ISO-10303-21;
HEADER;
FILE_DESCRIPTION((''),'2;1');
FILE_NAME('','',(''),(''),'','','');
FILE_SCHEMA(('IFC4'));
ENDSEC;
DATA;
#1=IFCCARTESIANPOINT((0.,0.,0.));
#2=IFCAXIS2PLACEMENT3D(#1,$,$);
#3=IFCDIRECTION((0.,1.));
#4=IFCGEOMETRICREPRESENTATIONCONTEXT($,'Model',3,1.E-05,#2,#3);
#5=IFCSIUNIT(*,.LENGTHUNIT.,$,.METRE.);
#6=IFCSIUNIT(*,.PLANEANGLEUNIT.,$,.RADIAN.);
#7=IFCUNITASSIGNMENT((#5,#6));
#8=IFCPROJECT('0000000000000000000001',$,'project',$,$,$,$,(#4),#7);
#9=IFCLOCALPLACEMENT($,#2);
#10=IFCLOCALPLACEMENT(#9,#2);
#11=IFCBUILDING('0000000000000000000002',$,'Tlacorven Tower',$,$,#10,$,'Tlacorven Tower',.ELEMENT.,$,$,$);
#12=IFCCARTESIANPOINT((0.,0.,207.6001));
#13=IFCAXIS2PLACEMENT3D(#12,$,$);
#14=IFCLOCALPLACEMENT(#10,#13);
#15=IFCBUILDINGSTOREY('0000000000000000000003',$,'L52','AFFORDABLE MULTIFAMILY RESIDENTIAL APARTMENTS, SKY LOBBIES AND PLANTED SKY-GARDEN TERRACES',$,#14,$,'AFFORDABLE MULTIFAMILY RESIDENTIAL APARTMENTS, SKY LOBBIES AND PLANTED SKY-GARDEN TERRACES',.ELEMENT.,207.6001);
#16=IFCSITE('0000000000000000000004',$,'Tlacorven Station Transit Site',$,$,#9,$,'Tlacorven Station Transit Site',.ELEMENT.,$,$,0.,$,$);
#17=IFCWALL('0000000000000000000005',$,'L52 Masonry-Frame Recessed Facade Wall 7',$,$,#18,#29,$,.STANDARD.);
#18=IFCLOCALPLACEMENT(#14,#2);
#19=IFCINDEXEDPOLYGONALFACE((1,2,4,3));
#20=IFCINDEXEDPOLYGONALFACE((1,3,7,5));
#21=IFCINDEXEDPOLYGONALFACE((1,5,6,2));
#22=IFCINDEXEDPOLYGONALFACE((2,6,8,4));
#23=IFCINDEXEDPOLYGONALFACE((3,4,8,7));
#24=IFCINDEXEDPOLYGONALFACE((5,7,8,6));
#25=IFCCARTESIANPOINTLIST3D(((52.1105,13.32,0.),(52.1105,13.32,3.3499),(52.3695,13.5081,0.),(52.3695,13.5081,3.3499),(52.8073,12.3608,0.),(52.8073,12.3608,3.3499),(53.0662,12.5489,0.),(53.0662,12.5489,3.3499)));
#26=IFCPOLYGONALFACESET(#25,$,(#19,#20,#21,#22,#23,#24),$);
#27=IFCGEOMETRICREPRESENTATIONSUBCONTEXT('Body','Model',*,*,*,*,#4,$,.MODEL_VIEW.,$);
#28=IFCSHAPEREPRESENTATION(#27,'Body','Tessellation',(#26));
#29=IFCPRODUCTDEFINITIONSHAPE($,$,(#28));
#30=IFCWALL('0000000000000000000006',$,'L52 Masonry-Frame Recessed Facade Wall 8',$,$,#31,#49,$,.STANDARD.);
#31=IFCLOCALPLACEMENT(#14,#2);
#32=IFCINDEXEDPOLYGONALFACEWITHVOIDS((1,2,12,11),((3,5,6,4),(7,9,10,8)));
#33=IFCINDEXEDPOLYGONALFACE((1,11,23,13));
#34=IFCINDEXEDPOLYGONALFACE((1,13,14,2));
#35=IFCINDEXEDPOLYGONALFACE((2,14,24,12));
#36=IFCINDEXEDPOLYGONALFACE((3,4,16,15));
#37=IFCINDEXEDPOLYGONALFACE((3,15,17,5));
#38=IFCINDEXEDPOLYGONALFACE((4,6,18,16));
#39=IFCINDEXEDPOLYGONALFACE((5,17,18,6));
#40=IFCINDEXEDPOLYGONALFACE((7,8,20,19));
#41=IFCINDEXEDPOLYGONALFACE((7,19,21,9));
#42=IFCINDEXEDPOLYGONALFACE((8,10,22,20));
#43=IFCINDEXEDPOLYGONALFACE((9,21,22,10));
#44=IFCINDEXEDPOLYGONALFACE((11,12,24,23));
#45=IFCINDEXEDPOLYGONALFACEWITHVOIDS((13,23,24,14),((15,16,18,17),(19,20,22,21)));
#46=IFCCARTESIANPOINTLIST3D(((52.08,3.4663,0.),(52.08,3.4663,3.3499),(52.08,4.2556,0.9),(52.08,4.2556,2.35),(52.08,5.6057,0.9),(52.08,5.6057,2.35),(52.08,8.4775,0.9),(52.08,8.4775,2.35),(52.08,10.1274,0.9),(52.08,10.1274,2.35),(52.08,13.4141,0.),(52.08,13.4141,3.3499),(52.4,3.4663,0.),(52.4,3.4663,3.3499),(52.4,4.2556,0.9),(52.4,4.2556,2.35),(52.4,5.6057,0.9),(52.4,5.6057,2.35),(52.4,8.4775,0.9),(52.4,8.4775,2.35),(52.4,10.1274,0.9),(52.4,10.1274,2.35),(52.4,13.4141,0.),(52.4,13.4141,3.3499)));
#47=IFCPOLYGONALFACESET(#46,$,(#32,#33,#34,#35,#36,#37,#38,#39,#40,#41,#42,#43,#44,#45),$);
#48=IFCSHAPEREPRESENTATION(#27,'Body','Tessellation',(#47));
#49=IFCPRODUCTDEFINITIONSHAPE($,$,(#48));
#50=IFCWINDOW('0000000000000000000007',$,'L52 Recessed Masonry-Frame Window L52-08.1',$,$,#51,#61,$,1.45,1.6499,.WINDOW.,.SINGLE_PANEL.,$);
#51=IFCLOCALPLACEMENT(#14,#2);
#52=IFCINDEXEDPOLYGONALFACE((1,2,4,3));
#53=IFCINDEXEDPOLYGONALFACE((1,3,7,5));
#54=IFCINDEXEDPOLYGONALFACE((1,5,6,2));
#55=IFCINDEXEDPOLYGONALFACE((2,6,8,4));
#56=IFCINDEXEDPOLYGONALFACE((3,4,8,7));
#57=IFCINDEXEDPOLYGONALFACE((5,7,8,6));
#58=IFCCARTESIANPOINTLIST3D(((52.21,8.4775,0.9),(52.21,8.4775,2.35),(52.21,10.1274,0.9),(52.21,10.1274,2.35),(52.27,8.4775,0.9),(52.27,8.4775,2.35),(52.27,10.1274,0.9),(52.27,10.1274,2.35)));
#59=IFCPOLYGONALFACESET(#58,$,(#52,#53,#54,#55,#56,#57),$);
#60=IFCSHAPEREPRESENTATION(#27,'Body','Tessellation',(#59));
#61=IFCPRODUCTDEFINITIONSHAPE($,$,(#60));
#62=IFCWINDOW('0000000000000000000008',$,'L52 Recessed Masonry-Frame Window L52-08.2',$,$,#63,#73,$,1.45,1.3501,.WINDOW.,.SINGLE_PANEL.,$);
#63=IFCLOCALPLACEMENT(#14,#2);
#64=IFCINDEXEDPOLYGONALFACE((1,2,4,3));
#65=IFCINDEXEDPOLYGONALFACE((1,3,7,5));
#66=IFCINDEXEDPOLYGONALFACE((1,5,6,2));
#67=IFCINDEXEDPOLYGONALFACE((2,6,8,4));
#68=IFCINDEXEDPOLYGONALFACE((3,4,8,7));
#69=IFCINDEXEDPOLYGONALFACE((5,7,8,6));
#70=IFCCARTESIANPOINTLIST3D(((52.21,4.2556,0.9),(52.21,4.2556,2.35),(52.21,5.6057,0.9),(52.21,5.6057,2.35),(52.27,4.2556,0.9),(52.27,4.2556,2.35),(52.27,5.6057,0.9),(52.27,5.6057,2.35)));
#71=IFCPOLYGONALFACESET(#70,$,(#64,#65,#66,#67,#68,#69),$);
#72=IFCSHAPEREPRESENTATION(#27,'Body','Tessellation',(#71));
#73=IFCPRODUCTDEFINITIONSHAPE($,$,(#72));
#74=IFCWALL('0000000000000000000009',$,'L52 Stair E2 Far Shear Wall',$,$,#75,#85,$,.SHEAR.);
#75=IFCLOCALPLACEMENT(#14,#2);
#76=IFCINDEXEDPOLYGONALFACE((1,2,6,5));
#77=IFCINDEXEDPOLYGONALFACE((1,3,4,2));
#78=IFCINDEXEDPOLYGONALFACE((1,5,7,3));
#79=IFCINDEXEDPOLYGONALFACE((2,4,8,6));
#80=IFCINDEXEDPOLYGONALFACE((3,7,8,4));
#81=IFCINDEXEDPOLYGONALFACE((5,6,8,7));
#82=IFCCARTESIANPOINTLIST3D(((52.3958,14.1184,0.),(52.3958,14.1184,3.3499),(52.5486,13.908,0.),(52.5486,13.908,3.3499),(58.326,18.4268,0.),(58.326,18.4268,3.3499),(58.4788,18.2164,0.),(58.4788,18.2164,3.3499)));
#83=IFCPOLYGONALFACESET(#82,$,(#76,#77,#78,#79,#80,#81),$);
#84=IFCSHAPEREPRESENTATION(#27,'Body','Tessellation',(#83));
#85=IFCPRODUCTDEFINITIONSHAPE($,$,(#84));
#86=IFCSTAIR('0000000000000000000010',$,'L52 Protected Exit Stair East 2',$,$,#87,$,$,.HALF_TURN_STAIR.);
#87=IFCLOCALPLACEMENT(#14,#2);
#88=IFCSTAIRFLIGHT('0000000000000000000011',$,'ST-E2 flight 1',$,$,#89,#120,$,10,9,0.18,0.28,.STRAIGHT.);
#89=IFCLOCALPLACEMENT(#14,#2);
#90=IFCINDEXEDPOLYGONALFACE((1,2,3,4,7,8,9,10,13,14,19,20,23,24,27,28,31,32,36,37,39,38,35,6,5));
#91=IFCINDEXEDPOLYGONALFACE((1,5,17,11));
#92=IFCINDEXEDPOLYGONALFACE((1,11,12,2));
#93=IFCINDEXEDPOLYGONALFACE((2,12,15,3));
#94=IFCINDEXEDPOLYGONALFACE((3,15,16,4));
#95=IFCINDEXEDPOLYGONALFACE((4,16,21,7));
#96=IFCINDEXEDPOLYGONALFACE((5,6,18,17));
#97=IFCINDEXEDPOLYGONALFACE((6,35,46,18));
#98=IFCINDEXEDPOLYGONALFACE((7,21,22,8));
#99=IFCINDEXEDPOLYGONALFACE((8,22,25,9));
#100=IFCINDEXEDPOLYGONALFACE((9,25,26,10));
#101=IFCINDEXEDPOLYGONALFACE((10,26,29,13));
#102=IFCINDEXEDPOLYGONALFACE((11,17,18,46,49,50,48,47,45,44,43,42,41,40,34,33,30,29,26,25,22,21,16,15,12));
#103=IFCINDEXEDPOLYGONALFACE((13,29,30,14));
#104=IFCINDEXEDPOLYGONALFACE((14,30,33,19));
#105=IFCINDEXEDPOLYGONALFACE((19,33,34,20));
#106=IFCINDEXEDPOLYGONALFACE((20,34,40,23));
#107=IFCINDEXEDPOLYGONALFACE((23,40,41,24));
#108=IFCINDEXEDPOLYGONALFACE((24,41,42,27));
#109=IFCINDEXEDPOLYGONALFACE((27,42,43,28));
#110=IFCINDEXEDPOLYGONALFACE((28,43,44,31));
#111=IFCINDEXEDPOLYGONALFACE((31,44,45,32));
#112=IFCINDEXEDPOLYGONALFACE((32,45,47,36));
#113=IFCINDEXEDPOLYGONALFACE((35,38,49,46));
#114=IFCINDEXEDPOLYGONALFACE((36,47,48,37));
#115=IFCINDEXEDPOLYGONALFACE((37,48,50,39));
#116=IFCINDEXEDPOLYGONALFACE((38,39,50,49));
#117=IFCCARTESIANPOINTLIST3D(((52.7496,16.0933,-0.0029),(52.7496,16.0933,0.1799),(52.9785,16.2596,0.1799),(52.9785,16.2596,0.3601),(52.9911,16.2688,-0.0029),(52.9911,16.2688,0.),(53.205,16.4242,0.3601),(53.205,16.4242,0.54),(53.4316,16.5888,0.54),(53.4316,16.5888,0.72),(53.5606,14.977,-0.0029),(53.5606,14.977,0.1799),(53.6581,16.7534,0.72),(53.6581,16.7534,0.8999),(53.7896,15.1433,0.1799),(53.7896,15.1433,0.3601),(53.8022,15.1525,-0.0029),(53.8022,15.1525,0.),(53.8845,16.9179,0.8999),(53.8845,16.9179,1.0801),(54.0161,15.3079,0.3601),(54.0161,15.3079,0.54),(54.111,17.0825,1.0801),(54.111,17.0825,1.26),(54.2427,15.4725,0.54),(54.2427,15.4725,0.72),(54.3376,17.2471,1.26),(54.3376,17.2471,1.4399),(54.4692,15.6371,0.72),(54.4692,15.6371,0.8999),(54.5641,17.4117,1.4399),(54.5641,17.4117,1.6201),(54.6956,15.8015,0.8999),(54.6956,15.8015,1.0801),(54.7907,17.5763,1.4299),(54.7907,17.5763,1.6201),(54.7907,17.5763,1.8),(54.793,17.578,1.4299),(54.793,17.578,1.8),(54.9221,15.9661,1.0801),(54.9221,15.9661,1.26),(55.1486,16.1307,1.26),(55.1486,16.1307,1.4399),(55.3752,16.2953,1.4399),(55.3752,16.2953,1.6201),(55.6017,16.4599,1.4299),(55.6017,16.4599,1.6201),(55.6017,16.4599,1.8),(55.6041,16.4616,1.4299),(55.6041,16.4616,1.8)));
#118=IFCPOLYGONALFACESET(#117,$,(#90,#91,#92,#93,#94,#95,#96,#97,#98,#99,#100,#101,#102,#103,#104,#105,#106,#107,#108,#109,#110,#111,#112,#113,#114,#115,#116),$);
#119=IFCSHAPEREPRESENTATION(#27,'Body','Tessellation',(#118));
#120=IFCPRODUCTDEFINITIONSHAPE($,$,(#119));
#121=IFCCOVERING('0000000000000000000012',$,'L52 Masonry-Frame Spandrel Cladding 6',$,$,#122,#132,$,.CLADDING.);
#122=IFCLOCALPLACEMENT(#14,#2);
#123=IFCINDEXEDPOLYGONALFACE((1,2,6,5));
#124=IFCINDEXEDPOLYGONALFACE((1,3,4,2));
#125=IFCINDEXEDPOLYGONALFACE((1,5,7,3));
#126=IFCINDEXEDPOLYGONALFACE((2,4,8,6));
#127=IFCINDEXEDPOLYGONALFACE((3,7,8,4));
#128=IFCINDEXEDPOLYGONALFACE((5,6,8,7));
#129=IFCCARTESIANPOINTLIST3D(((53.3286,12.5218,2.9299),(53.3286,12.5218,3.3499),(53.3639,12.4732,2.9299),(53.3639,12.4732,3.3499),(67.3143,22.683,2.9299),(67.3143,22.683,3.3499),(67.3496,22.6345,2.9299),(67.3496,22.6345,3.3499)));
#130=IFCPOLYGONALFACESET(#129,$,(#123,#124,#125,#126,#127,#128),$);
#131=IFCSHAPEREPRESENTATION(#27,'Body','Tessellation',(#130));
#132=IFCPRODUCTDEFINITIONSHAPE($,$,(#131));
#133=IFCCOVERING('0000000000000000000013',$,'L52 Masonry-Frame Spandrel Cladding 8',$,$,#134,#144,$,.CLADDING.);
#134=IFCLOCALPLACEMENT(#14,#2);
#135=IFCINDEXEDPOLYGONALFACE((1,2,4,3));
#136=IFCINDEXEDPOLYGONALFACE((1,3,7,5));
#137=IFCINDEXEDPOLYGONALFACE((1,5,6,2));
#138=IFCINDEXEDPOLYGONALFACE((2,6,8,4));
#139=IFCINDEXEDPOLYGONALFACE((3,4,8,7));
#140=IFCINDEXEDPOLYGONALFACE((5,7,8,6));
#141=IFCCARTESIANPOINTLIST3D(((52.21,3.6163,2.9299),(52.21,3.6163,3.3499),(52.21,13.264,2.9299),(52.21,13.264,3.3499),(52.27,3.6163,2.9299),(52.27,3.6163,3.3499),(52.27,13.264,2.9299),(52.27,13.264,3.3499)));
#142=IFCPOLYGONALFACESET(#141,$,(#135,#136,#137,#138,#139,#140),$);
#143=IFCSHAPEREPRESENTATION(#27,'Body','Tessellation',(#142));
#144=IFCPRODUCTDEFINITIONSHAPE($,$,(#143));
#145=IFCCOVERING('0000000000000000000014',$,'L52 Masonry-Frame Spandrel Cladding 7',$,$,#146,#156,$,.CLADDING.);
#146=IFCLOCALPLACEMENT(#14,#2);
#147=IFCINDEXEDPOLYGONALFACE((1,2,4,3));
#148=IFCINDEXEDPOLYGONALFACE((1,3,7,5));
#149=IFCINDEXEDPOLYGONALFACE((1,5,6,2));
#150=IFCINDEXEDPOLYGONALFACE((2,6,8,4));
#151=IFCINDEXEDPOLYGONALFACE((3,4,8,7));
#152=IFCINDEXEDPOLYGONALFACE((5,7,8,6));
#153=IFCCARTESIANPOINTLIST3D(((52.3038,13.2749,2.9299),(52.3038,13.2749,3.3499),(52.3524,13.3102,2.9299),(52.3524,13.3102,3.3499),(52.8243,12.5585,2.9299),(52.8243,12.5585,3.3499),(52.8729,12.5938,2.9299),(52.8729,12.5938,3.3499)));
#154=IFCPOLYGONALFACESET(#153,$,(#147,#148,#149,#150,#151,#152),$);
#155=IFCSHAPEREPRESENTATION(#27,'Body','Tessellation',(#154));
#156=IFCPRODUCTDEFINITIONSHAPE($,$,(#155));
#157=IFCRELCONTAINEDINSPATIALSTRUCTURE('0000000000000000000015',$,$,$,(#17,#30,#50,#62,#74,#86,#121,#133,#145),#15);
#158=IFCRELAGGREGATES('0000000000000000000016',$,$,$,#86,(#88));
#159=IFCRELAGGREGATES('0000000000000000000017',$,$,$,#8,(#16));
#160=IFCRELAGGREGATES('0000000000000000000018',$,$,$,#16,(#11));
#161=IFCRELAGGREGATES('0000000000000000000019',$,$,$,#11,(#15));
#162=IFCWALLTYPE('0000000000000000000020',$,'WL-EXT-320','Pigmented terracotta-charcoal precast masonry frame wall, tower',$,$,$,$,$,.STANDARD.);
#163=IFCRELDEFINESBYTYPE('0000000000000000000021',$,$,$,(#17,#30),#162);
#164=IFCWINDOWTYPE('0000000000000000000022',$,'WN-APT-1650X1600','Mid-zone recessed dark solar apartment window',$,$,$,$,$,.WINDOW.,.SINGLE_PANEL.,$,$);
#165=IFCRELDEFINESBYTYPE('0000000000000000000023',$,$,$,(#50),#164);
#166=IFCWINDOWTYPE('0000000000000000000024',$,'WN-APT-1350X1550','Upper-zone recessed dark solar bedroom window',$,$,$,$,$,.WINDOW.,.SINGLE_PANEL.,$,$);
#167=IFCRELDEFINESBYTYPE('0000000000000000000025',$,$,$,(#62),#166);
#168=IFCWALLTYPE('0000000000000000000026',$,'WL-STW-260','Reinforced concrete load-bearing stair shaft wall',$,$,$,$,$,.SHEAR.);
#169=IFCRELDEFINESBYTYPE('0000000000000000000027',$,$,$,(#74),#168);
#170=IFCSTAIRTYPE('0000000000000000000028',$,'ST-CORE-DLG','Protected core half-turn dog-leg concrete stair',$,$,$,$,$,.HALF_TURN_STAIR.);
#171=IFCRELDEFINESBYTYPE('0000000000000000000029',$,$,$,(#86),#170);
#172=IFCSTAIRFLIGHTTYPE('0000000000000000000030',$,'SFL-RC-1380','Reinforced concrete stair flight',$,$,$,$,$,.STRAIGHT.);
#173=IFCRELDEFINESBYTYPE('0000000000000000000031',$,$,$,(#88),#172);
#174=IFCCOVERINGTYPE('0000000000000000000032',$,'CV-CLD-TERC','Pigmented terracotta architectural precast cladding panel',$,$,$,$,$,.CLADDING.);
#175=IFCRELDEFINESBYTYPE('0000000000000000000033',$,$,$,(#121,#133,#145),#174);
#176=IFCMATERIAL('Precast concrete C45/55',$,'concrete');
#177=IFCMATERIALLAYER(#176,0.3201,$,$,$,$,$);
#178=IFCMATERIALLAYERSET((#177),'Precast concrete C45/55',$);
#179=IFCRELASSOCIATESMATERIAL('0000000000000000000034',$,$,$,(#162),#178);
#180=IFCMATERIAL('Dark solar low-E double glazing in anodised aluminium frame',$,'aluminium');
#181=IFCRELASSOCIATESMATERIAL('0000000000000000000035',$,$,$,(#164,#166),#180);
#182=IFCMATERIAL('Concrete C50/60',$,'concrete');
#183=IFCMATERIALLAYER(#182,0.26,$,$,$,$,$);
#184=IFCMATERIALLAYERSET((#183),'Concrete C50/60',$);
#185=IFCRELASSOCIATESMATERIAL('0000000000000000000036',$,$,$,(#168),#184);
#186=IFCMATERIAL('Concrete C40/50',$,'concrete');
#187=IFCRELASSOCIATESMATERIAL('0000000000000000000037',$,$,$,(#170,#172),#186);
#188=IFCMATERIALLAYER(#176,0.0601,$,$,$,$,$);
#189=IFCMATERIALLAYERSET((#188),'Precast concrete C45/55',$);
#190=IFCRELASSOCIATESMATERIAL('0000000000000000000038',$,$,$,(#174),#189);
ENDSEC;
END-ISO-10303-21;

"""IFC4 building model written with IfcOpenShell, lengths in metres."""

from ifc_helpers import new_model, si_unit, direction, frame, frame_2d, origin, origin_2d, place, context, subcontext, project, spatial, polyline, rectangle, outline, extrude, source, transform, mapped, material, layer, layer_set, type_object, element, fill, aggregate, save


model = new_model("IFC4")

# Units and contexts
model_context = context("Model", 3, precision=1e-05, world=origin(), true_north=direction((0.0, 1.0)))
body_context = subcontext(model_context, "Body", "Model", "MODEL_VIEW")
ifc_project = project(units=[si_unit("LENGTHUNIT", "METRE"), si_unit("PLANEANGLEUNIT", "RADIAN")], contexts=[model_context])

# Site, building, storey
site_placement = place(None, origin())
site = spatial("IfcSite", under=ifc_project, at=site_placement, Name="Tlacorven Station Transit Site", LongName="Tlacorven Station Transit Site", CompositionType="ELEMENT", RefElevation=0.0)
building_placement = place(site_placement, origin())
building = spatial("IfcBuilding", under=site, at=building_placement, Name="Tlacorven Tower", LongName="Tlacorven Tower", CompositionType="ELEMENT")
storey_placement = place(building_placement, frame((0.0, 0.0, 207.6001)))
storey = spatial("IfcBuildingStorey", under=building, at=storey_placement, Name="L52", Description="AFFORDABLE MULTIFAMILY RESIDENTIAL APARTMENTS, SKY LOBBIES AND PLANTED SKY-GARDEN TERRACES", LongName="AFFORDABLE MULTIFAMILY RESIDENTIAL APARTMENTS, SKY LOBBIES AND PLANTED SKY-GARDEN TERRACES", CompositionType="ELEMENT", Elevation=207.6001)

# Wall
ifc_material_1 = material(Name="Concrete C50/60", Category="concrete")
ifc_material_2 = material(Name="Precast concrete C45/55", Category="concrete")
ifc_layer_1 = layer(ifc_material_2, 0.3201)
ifc_layer_set_1 = layer_set([ifc_layer_1], Name="Precast concrete C45/55")
wall_type_1 = type_object("IfcWallType", Name="WL-EXT-320", Description="Pigmented terracotta-charcoal precast masonry frame wall, tower", PredefinedType="STANDARD", material=ifc_layer_set_1)
wall_1_placement = place(storey_placement, frame((52.9368, 12.4548, 0.0), z_axis=(0.0, 0.0, 1.0), x_axis=(-0.587706, 0.809074, 0.0)))
element("IfcWall", 1, at=wall_1_placement, inside=storey, type_object=wall_type_1, Name="L52 Masonry-Frame Recessed Facade Wall 7", PredefinedType="STANDARD", context=body_context, shape_type="SweptSolid", body=[
    extrude(rectangle(XDim=1.1855, YDim=0.3201, at=frame_2d((0.5928, 0.0))), origin(), (0.0, 0.0, 1.0), 3.3499),
])

# Wall, openings, windows
wall_2_placement = place(storey_placement, frame((52.24, 13.4141, 0.0), z_axis=(0.0, 0.0, 1.0), x_axis=(0.0, -1.0, 0.0)))
wall_2 = element("IfcWall", 2, at=wall_2_placement, inside=storey, type_object=wall_type_1, Name="L52 Masonry-Frame Recessed Facade Wall 8", PredefinedType="STANDARD", context=body_context, shape_type="SweptSolid", body=[
    extrude(rectangle(XDim=9.9478, YDim=0.3201, at=frame_2d((4.9739, 0.0))), origin(), (0.0, 0.0, 1.0), 3.3499),
])
opening_1_placement = place(wall_2_placement, frame((3.2866, 0.0, 0.8999)))
opening_1 = element("IfcOpeningElement", 3, at=opening_1_placement, cuts=wall_2, PredefinedType="OPENING", context=body_context, shape_type="SweptSolid", body=[
    extrude(rectangle(XDim=1.6499, YDim=1.45, at=frame_2d((0.825, 0.7251))), frame((0.0, 0.1699, 0.0), z_axis=(0.0, -1.0, 0.0), x_axis=(1.0, 0.0, 0.0)), (0.0, 0.0, 1.0), 0.3401),
])
opening_2_placement = place(wall_2_placement, frame((7.8083, 0.0, 0.8999)))
opening_2 = element("IfcOpeningElement", 4, at=opening_2_placement, cuts=wall_2, PredefinedType="OPENING", context=body_context, shape_type="SweptSolid", body=[
    extrude(rectangle(XDim=1.3501, YDim=1.45, at=frame_2d((0.675, 0.7251))), frame((0.0, 0.1699, 0.0), z_axis=(0.0, -1.0, 0.0), x_axis=(1.0, 0.0, 0.0)), (0.0, 0.0, 1.0), 0.3401),
])
ifc_material_3 = material(Name="Dark solar low-E double glazing in anodised aluminium frame", Category="aluminium")
window_type_1 = type_object("IfcWindowType", Name="WN-APT-1650X1600", Description="Mid-zone recessed dark solar apartment window", PartitioningType="SINGLE_PANEL", PredefinedType="WINDOW", material=ifc_material_3)
shared_shape_1 = source(origin(), body_context, "Body", "SweptSolid", [
    extrude(rectangle(XDim=1.6499, YDim=1.45, at=frame_2d((0.825, 0.7251))), frame((0.0, 0.03, 0.0), z_axis=(0.0, -1.0, 0.0), x_axis=(1.0, 0.0, 0.0)), (0.0, 0.0, 1.0), 0.0601),
])
window_1_placement = place(opening_1_placement, origin())
window_1 = element("IfcWindow", 5, at=window_1_placement, inside=storey, type_object=window_type_1, Name="L52 Recessed Masonry-Frame Window L52-08.1", OverallHeight=1.45, OverallWidth=1.6499, PartitioningType="SINGLE_PANEL", PredefinedType="WINDOW", context=body_context, shape_type="MappedRepresentation", body=[
    mapped(shared_shape_1, transform((0.0, 0.0, 0.0), scale=1.0)),
])
fill(opening_1, window_1)
window_type_2 = type_object("IfcWindowType", Name="WN-APT-1350X1550", Description="Upper-zone recessed dark solar bedroom window", PartitioningType="SINGLE_PANEL", PredefinedType="WINDOW", material=ifc_material_3)
shared_shape_2 = source(origin(), body_context, "Body", "SweptSolid", [
    extrude(rectangle(XDim=1.3501, YDim=1.45, at=frame_2d((0.675, 0.7251))), frame((0.0, 0.03, 0.0), z_axis=(0.0, -1.0, 0.0), x_axis=(1.0, 0.0, 0.0)), (0.0, 0.0, 1.0), 0.0601),
])
window_2_placement = place(opening_2_placement, origin())
window_2 = element("IfcWindow", 6, at=window_2_placement, inside=storey, type_object=window_type_2, Name="L52 Recessed Masonry-Frame Window L52-08.2", OverallHeight=1.45, OverallWidth=1.3501, PartitioningType="SINGLE_PANEL", PredefinedType="WINDOW", context=body_context, shape_type="MappedRepresentation", body=[
    mapped(shared_shape_2, transform((0.0, 0.0, 0.0), scale=1.0)),
])
fill(opening_2, window_2)

# Wall
ifc_layer_2 = layer(ifc_material_1, 0.26)
ifc_layer_set_2 = layer_set([ifc_layer_2], Name="Concrete C50/60")
wall_type_2 = type_object("IfcWallType", Name="WL-STW-260", Description="Reinforced concrete load-bearing stair shaft wall", PredefinedType="SHEAR", material=ifc_layer_set_2)
wall_3_placement = place(storey_placement, frame((52.4722, 14.0132, 0.0), z_axis=(0.0, 0.0, 1.0), x_axis=(0.809028, 0.58777, 0.0)))
element("IfcWall", 7, at=wall_3_placement, inside=storey, type_object=wall_type_2, Name="L52 Stair E2 Far Shear Wall", PredefinedType="SHEAR", context=body_context, shape_type="SweptSolid", body=[
    extrude(rectangle(XDim=7.3301, YDim=0.26, at=frame_2d((3.665, 0.0))), origin(), (0.0, 0.0, 1.0), 3.3499),
])

# Stair, stair flight
ifc_material_4 = material(Name="Concrete C40/50", Category="concrete")
stair_type = type_object("IfcStairType", Name="ST-CORE-DLG", Description="Protected core half-turn dog-leg concrete stair", PredefinedType="HALF_TURN_STAIR", material=ifc_material_4)
stair_placement = place(storey_placement, origin())
stair = element("IfcStair", 8, at=stair_placement, inside=storey, type_object=stair_type, Name="L52 Protected Exit Stair East 2", PredefinedType="HALF_TURN_STAIR")
stair_flight_type = type_object("IfcStairFlightType", Name="SFL-RC-1380", Description="Reinforced concrete stair flight", PredefinedType="STRAIGHT", material=ifc_material_4)
shared_shape_3 = source(origin(), body_context, "Body", "SweptSolid", [
    extrude(outline(polyline([(-0.0029, -0.0029), (-0.0029, 0.1799), (0.28, 0.1799), (0.28, 0.3601), (0.5601, 0.3601), (0.5601, 0.54), (0.8401, 0.54), (0.8401, 0.72), (1.1201, 0.72), (1.1201, 0.8999), (1.3999, 0.8999), (1.3999, 1.0801), (1.6799, 1.0801), (1.6799, 1.26), (1.96, 1.26), (1.96, 1.4399), (2.24, 1.4399), (2.24, 1.6201), (2.52, 1.6201), (2.52, 1.8), (2.5229, 1.8), (2.5229, 1.4299), (2.52, 1.4299), (0.2957, 0.0), (0.2957, -0.0029), (-0.0029, -0.0029)])), frame((0.0, 0.6899, 0.0), z_axis=(0.0, -1.0, 0.0), x_axis=(1.0, 0.0, 0.0)), (0.0, 0.0, 1.0), 1.3799),
])
stair_flight_placement = place(storey_placement, frame((53.1575, 15.5369, 0.0), z_axis=(0.0, 0.0, 1.0), x_axis=(0.809017, 0.587785, 0.0)))
stair_flight = element("IfcStairFlight", 9, at=stair_flight_placement, type_object=stair_flight_type, Name="ST-E2 flight 1", NumberOfRisers=10, NumberOfTreads=9, PredefinedType="STRAIGHT", RiserHeight=0.18, TreadLength=0.28, context=body_context, shape_type="MappedRepresentation", body=[
    mapped(shared_shape_3, transform((0.0, 0.0, 0.0), scale=1.0)),
])
aggregate(stair, [stair_flight])

# Coverings
ifc_layer_3 = layer(ifc_material_2, 0.0601)
ifc_layer_set_3 = layer_set([ifc_layer_3], Name="Precast concrete C45/55")
covering_type = type_object("IfcCoveringType", Name="CV-CLD-TERC", Description="Pigmented terracotta architectural precast cladding panel", PredefinedType="CLADDING", material=ifc_layer_set_3)
shared_shape_4 = source(origin(), body_context, "Body", "SweptSolid", [
    extrude(rectangle(XDim=17.2874, YDim=0.0601, at=origin_2d()), origin(), (0.0, 0.0, 1.0), 0.4199),
])
covering_1_placement = place(storey_placement, frame((60.3391, 17.5781, 2.9299), z_axis=(0.0, 0.0, 1.0), x_axis=(-0.809017, -0.587785, 0.0)))
element("IfcCovering", 10, at=covering_1_placement, inside=storey, type_object=covering_type, Name="L52 Masonry-Frame Spandrel Cladding 6", PredefinedType="CLADDING", context=body_context, shape_type="MappedRepresentation", body=[
    mapped(shared_shape_4, transform((0.0, 0.0, 0.0), scale=1.0)),
])
shared_shape_5 = source(origin(), body_context, "Body", "SweptSolid", [
    extrude(rectangle(XDim=9.6477, YDim=0.0601, at=origin_2d()), origin(), (0.0, 0.0, 1.0), 0.4199),
])
covering_2_placement = place(storey_placement, frame((52.24, 8.4402, 2.9299), z_axis=(0.0, 0.0, 1.0), x_axis=(0.0, -1.0, 0.0)))
element("IfcCovering", 11, at=covering_2_placement, inside=storey, type_object=covering_type, Name="L52 Masonry-Frame Spandrel Cladding 8", PredefinedType="CLADDING", context=body_context, shape_type="MappedRepresentation", body=[
    mapped(shared_shape_5, transform((0.0, 0.0, 0.0), scale=1.0)),
])
shared_shape_6 = source(origin(), body_context, "Body", "SweptSolid", [
    extrude(rectangle(XDim=0.8855, YDim=0.0601, at=origin_2d()), origin(), (0.0, 0.0, 1.0), 0.4199),
])
covering_3_placement = place(storey_placement, frame((52.5884, 12.9343, 2.9299), z_axis=(0.0, 0.0, 1.0), x_axis=(-0.587784, 0.809018, 0.0)))
element("IfcCovering", 12, at=covering_3_placement, inside=storey, type_object=covering_type, Name="L52 Masonry-Frame Spandrel Cladding 7", PredefinedType="CLADDING", context=body_context, shape_type="MappedRepresentation", body=[
    mapped(shared_shape_6, transform((0.0, 0.0, 0.0), scale=1.0)),
])

save(model, "model.ifc")
